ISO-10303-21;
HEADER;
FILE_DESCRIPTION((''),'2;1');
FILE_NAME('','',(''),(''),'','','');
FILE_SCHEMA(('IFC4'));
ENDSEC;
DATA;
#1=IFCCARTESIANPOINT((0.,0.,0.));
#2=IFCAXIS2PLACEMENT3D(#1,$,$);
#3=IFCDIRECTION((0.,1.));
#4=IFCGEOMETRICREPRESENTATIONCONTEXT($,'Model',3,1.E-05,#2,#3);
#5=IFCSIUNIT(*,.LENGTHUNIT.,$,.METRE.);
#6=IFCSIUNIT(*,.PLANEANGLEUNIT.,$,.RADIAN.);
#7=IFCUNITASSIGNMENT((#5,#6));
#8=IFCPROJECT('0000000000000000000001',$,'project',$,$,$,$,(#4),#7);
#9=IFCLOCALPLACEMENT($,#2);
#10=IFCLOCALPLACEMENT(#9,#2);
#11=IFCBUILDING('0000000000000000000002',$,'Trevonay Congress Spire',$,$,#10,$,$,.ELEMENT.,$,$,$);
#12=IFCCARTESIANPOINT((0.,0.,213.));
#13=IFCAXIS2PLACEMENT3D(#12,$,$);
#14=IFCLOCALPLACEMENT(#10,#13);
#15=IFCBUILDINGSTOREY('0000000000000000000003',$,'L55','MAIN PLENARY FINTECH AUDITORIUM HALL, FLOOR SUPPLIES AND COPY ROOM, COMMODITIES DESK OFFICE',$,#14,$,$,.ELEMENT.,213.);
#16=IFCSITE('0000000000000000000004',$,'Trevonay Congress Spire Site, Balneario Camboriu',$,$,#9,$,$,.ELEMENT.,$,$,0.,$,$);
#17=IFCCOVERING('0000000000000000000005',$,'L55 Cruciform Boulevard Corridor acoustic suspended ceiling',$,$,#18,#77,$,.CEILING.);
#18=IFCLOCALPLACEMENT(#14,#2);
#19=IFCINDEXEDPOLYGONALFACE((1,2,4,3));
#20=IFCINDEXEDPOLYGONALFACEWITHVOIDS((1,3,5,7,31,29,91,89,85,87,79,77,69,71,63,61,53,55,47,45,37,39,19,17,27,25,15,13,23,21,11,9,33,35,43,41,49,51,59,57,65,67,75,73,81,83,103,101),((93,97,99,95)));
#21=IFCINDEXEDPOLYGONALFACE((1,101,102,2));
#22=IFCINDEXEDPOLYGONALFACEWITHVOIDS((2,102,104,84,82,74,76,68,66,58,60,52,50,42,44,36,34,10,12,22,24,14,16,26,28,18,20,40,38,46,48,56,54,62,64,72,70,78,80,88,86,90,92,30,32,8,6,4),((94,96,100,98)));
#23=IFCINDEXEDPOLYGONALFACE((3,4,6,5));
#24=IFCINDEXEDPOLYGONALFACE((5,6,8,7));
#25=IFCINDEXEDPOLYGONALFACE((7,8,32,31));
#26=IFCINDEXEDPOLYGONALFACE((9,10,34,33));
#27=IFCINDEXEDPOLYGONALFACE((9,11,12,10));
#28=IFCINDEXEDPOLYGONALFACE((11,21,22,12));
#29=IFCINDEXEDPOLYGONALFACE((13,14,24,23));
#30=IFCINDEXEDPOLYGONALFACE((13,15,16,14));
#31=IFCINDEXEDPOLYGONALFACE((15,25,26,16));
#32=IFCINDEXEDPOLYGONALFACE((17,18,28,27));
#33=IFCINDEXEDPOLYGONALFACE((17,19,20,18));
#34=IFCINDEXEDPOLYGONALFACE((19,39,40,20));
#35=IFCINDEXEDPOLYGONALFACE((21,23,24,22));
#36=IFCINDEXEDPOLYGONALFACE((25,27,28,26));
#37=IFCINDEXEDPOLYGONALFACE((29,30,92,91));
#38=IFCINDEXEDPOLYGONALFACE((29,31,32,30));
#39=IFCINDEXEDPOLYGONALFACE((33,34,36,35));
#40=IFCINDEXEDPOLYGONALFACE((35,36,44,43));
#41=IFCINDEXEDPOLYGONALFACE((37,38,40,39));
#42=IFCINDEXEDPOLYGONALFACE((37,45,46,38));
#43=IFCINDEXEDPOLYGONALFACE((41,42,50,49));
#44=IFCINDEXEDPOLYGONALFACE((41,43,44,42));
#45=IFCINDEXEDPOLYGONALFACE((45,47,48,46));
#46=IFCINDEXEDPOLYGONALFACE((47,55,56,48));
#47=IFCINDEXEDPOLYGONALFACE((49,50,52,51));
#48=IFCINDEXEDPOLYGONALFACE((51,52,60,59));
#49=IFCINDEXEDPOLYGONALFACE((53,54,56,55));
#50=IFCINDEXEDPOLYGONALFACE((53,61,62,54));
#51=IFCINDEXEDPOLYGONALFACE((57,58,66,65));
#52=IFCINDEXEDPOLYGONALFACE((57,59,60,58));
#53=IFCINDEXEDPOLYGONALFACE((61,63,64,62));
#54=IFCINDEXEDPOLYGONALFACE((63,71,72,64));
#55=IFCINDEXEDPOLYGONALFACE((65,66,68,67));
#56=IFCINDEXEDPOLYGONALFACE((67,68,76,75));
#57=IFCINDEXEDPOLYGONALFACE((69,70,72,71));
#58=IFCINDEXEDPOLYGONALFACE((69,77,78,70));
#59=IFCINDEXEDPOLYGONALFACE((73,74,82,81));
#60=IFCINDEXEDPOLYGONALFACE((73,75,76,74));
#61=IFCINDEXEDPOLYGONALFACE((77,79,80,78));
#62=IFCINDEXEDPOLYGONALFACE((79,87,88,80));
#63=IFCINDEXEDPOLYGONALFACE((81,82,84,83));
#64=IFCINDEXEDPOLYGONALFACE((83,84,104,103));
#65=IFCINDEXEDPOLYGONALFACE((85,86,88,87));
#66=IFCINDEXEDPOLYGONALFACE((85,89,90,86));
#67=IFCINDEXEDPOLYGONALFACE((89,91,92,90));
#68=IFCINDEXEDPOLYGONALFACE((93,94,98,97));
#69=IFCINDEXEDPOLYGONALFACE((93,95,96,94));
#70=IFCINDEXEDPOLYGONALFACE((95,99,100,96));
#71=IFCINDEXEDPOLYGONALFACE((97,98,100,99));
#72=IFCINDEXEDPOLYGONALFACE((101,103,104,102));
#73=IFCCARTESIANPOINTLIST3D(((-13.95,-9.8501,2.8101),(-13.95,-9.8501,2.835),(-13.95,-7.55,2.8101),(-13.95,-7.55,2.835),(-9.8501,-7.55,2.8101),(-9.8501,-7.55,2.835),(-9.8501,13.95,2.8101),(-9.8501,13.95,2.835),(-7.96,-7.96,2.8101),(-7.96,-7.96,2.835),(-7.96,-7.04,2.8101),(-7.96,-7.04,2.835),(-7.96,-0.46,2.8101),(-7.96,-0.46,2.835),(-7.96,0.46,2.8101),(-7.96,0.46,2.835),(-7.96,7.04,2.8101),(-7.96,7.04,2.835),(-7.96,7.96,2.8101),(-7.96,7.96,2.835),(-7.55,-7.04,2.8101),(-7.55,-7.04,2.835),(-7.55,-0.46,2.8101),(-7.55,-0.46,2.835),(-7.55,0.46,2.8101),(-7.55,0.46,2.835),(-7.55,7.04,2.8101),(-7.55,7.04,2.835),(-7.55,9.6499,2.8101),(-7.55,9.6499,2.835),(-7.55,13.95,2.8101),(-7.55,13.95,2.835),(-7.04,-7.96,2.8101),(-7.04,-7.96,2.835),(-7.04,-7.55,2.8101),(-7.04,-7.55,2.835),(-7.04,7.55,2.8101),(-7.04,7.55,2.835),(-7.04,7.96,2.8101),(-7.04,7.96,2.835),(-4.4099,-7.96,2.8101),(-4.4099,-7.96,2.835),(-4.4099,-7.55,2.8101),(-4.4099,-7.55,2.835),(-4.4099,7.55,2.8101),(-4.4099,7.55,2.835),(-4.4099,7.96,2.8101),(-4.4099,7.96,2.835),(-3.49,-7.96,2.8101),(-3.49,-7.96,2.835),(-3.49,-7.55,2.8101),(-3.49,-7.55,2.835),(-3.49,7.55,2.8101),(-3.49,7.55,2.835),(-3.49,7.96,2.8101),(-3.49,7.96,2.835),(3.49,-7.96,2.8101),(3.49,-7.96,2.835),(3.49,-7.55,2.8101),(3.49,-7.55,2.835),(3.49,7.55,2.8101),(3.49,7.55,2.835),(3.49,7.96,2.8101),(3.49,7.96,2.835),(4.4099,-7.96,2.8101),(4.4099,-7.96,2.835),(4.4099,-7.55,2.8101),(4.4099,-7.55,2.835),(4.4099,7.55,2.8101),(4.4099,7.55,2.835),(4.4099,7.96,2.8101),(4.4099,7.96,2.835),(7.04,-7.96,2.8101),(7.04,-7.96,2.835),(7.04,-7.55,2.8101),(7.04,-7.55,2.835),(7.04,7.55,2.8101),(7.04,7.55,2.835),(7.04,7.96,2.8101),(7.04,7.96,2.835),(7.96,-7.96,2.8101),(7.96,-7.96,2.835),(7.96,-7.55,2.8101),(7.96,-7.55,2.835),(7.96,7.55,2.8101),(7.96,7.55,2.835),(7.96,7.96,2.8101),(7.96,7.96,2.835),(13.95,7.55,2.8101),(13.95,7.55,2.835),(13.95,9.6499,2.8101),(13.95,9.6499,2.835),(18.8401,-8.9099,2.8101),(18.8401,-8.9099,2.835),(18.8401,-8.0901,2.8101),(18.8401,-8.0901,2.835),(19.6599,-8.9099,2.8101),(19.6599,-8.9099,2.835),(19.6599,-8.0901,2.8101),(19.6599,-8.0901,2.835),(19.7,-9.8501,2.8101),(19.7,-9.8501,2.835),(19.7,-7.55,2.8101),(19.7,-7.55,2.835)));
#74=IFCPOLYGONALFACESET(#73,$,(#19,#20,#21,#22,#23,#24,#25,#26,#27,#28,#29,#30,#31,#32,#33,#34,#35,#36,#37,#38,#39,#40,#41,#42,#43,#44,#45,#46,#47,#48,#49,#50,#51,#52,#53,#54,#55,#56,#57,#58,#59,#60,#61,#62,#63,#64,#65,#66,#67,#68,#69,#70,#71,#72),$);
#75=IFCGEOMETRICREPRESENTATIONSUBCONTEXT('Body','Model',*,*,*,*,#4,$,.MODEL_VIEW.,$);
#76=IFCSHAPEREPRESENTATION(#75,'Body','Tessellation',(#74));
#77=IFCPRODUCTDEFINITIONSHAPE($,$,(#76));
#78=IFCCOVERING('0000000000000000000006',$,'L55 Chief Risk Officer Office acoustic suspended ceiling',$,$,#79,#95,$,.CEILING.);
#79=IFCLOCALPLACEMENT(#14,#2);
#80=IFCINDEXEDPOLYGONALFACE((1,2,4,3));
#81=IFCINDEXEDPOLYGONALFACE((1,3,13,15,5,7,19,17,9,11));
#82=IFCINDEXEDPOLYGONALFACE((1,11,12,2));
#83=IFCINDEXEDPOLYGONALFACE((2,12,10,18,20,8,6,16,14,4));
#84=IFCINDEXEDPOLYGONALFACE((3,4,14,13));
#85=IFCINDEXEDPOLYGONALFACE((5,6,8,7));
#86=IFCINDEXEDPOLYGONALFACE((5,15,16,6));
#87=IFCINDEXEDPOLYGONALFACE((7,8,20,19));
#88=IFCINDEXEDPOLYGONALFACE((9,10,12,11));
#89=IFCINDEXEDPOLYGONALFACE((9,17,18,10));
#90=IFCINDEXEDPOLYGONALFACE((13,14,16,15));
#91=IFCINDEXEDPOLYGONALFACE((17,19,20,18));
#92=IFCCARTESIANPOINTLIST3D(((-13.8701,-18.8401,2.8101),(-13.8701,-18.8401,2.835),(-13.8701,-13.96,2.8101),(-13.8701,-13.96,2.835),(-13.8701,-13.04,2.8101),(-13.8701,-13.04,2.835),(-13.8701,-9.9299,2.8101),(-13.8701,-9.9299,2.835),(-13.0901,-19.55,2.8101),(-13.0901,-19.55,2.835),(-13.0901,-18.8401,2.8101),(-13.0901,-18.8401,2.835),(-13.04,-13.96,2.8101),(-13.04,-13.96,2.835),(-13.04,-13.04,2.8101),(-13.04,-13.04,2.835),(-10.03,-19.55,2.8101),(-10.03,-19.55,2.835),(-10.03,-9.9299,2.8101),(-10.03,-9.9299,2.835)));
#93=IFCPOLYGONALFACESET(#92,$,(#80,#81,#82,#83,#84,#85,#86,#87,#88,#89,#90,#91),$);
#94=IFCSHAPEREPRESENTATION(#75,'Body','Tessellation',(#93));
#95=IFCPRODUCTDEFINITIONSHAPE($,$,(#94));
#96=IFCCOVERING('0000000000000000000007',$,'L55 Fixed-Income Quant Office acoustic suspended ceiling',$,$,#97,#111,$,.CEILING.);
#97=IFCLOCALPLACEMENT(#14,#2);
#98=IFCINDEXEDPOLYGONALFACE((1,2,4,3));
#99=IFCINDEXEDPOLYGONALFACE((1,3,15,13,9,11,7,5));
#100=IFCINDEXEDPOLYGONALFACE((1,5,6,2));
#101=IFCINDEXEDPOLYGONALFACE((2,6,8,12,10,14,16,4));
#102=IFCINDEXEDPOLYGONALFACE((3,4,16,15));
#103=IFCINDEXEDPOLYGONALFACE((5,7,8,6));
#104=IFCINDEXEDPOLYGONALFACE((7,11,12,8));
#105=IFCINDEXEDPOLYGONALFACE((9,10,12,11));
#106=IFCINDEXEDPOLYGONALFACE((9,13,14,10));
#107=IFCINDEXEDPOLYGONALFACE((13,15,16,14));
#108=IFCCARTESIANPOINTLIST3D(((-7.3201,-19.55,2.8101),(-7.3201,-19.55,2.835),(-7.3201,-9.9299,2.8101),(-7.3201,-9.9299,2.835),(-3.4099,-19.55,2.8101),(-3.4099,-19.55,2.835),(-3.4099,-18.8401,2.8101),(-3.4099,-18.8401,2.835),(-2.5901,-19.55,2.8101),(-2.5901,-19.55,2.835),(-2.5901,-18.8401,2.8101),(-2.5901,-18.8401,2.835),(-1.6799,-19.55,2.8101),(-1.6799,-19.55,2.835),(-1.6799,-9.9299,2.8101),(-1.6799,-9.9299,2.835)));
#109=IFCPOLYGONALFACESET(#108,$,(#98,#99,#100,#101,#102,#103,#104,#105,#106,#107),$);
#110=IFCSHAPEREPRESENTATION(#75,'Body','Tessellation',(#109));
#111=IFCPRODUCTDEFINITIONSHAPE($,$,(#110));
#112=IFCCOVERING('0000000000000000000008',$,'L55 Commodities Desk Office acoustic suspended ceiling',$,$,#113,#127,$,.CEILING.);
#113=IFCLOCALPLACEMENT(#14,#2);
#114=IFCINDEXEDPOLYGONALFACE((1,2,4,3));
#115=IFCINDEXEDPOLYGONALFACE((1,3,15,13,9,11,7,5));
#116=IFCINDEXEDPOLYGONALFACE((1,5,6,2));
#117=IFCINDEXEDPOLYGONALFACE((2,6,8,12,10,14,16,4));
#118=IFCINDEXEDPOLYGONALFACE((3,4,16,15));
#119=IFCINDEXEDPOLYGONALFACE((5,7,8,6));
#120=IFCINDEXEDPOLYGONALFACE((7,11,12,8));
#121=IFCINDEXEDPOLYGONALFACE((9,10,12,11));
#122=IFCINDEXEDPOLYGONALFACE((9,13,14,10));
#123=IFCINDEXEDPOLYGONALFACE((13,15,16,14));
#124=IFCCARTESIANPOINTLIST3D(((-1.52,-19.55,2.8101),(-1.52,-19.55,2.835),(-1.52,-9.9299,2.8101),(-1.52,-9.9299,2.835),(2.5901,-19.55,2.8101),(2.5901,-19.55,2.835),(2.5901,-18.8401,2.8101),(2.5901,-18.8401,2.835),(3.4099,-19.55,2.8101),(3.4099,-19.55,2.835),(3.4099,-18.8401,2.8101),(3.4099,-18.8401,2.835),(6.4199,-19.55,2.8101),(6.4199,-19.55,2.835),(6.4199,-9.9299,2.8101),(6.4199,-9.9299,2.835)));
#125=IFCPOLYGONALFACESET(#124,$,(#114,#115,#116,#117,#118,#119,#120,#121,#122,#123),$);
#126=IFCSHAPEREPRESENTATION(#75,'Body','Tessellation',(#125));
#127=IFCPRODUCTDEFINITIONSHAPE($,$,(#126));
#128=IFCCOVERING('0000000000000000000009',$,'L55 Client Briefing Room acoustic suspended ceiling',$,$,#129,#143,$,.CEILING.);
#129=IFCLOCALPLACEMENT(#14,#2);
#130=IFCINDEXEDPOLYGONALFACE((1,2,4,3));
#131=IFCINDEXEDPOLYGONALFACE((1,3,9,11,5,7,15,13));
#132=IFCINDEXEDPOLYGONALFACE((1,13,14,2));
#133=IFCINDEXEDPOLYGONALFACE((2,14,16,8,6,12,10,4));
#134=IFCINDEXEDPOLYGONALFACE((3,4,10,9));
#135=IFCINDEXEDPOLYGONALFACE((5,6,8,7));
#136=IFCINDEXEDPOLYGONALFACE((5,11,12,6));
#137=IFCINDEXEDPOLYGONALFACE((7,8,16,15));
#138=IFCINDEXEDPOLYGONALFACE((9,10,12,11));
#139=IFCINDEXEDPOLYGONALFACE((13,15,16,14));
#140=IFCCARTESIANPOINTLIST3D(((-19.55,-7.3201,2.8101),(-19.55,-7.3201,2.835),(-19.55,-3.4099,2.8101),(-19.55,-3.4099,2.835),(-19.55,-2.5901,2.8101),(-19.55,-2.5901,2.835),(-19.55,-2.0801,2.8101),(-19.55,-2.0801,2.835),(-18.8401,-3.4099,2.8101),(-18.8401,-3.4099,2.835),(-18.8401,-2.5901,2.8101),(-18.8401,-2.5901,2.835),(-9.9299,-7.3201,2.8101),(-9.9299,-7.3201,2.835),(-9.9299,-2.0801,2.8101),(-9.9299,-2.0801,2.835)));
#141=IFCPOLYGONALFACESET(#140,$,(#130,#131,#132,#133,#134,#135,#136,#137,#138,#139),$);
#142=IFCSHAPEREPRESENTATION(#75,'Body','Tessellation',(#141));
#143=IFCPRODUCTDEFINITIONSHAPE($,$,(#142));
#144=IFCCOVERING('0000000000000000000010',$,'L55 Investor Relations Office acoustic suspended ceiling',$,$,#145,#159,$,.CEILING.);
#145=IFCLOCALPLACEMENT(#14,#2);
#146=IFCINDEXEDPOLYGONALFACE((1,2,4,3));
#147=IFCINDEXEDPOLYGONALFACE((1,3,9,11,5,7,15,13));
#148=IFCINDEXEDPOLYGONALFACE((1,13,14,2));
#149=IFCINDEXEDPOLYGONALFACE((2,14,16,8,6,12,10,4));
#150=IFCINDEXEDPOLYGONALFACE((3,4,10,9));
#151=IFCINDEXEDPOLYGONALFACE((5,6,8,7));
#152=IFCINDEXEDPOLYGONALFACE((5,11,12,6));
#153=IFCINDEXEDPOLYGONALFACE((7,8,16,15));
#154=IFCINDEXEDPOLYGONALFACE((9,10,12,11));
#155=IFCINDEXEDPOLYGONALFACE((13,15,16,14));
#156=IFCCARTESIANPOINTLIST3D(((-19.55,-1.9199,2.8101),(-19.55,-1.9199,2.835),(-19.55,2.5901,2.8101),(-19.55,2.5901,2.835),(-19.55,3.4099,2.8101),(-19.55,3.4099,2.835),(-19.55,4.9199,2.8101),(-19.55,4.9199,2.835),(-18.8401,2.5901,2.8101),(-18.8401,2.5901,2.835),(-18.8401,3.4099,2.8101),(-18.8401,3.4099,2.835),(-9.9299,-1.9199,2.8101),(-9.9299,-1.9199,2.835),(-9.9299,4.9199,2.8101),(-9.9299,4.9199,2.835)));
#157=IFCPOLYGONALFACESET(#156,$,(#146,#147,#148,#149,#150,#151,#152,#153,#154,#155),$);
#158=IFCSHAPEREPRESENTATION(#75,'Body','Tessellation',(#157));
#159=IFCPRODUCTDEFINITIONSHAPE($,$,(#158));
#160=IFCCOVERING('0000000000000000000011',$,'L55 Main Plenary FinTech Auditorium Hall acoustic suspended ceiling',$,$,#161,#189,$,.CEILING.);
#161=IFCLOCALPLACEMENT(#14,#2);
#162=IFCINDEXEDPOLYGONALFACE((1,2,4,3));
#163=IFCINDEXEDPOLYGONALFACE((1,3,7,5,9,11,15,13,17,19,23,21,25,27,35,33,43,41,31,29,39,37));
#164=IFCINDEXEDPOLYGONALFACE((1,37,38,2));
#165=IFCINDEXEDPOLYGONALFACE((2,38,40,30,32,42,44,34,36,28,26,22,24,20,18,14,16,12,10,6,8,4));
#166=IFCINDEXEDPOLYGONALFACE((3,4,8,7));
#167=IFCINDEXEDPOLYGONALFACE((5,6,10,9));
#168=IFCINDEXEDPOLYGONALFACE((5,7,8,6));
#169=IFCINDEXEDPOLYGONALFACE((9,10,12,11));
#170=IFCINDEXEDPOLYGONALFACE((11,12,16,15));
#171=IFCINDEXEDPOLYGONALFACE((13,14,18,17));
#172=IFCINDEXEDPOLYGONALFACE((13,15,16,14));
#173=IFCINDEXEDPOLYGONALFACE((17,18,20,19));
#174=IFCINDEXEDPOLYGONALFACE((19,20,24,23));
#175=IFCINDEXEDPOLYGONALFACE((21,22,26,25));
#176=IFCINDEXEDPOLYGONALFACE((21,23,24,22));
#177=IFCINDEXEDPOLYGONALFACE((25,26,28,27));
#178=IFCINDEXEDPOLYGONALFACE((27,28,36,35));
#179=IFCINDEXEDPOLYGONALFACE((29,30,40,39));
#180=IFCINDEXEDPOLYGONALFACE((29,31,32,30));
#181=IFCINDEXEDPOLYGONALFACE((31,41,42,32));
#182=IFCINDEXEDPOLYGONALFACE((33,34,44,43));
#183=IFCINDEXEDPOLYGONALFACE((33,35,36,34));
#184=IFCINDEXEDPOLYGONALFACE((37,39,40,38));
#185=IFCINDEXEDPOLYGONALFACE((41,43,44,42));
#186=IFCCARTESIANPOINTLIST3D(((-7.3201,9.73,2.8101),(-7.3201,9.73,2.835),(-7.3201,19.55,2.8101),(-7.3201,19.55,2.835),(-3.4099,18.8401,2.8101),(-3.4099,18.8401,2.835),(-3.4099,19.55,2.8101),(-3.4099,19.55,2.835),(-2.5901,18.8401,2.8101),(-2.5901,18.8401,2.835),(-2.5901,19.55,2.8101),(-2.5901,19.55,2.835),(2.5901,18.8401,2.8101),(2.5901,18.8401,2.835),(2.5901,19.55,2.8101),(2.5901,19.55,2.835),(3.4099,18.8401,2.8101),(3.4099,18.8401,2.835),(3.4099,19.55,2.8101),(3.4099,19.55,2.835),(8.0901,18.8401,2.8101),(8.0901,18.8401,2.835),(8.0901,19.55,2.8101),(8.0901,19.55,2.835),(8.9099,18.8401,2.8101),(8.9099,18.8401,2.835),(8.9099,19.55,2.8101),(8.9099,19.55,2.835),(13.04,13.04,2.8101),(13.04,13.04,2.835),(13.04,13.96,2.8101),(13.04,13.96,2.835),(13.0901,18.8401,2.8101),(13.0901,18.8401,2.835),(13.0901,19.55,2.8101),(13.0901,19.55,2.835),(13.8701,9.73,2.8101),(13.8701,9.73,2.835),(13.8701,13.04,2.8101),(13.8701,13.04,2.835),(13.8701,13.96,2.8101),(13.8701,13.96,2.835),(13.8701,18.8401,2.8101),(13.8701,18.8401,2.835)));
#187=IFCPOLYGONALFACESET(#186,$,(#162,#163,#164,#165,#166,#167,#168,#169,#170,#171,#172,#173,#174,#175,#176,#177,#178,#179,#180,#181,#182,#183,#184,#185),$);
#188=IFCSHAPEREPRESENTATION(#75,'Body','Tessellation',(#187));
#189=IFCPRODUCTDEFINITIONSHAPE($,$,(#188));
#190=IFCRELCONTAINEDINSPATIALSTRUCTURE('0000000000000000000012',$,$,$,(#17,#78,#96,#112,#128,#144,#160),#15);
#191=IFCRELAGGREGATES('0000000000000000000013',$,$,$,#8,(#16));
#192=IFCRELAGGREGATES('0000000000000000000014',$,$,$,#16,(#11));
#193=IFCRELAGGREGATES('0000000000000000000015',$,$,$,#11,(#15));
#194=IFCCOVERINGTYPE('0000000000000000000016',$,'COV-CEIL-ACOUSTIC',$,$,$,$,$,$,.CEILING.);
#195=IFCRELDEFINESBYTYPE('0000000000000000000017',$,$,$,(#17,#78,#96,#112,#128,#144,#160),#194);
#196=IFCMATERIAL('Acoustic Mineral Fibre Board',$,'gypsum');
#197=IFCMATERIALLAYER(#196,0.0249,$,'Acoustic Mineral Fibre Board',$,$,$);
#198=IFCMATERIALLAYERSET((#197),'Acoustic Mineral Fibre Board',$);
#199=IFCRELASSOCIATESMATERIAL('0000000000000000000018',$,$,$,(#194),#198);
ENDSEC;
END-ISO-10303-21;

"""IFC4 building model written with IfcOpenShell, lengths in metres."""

from ifc_helpers import new_model, si_unit, direction, frame, origin, place, context, subcontext, project, spatial, polyline, outline, extrude, material, layer, layer_set, type_object, element, save


model = new_model("IFC4")

# Units and contexts
model_context = context("Model", 3, precision=1e-05, world=origin(), true_north=direction((0.0, 1.0)))
body_context = subcontext(model_context, "Body", "Model", "MODEL_VIEW")
ifc_project = project(units=[si_unit("LENGTHUNIT", "METRE"), si_unit("PLANEANGLEUNIT", "RADIAN")], contexts=[model_context])

# Site, building, storey
site_placement = place(None, origin())
site = spatial("IfcSite", under=ifc_project, at=site_placement, Name="Trevonay Congress Spire Site, Balneario Camboriu", CompositionType="ELEMENT", RefElevation=0.0)
building_placement = place(site_placement, origin())
building = spatial("IfcBuilding", under=site, at=building_placement, Name="Trevonay Congress Spire", CompositionType="ELEMENT")
storey_placement = place(building_placement, frame((0.0, 0.0, 213.0)))
storey = spatial("IfcBuildingStorey", under=building, at=storey_placement, Name="L55", Description="MAIN PLENARY FINTECH AUDITORIUM HALL, FLOOR SUPPLIES AND COPY ROOM, COMMODITIES DESK OFFICE", CompositionType="ELEMENT", Elevation=213.0)

# Coverings
ifc_material_1 = material(Name="Acoustic Mineral Fibre Board", Category="gypsum")
ifc_layer_1 = layer(ifc_material_1, 0.0249, Name="Acoustic Mineral Fibre Board")
ifc_layer_set_1 = layer_set([ifc_layer_1], Name="Acoustic Mineral Fibre Board")
covering_type_1 = type_object("IfcCoveringType", Name="COV-CEIL-ACOUSTIC", PredefinedType="CEILING", material=ifc_layer_set_1)
covering_1_placement = place(storey_placement, frame((0.0, 0.0, 2.8101)))
element("IfcCovering", 1, at=covering_1_placement, inside=storey, type_object=covering_type_1, Name="L55 Cruciform Boulevard Corridor acoustic suspended ceiling", PredefinedType="CEILING", context=body_context, shape_type="SweptSolid", body=[
    extrude(outline(polyline([(19.7, -7.55), (19.7, -9.8501), (-13.95, -9.8501), (-13.95, -7.55), (-9.8501, -7.55), (-9.8501, 13.95), (-7.55, 13.95), (-7.55, 9.6499), (13.95, 9.6499), (13.95, 7.55), (7.96, 7.55), (7.96, 7.96), (7.04, 7.96), (7.04, 7.55), (4.4099, 7.55), (4.4099, 7.96), (3.49, 7.96), (3.49, 7.55), (-3.49, 7.55), (-3.49, 7.96), (-4.4099, 7.96), (-4.4099, 7.55), (-7.04, 7.55), (-7.04, 7.96), (-7.96, 7.96), (-7.96, 7.04), (-7.55, 7.04), (-7.55, 0.46), (-7.96, 0.46), (-7.96, -0.46), (-7.55, -0.46), (-7.55, -7.04), (-7.96, -7.04), (-7.96, -7.96), (-7.04, -7.96), (-7.04, -7.55), (-4.4099, -7.55), (-4.4099, -7.96), (-3.49, -7.96), (-3.49, -7.55), (3.49, -7.55), (3.49, -7.96), (4.4099, -7.96), (4.4099, -7.55), (7.04, -7.55), (7.04, -7.96), (7.96, -7.96), (7.96, -7.55), (19.7, -7.55)]), holes=[polyline([(19.6599, -8.0901), (18.8401, -8.0901), (18.8401, -8.9099), (19.6599, -8.9099), (19.6599, -8.0901)])]), origin(), (0.0, 0.0, 1.0), 0.0249),
])
covering_2_placement = place(storey_placement, frame((0.0, 0.0, 2.8101)))
element("IfcCovering", 2, at=covering_2_placement, inside=storey, type_object=covering_type_1, Name="L55 Chief Risk Officer Office acoustic suspended ceiling", PredefinedType="CEILING", context=body_context, shape_type="SweptSolid", body=[
    extrude(outline(polyline([(-13.8701, -9.9299), (-10.03, -9.9299), (-10.03, -19.55), (-13.0901, -19.55), (-13.0901, -18.8401), (-13.8701, -18.8401), (-13.8701, -13.96), (-13.04, -13.96), (-13.04, -13.04), (-13.8701, -13.04), (-13.8701, -9.9299)])), origin(), (0.0, 0.0, 1.0), 0.0249),
])
covering_3_placement = place(storey_placement, frame((0.0, 0.0, 2.8101)))
element("IfcCovering", 3, at=covering_3_placement, inside=storey, type_object=covering_type_1, Name="L55 Fixed-Income Quant Office acoustic suspended ceiling", PredefinedType="CEILING", context=body_context, shape_type="SweptSolid", body=[
    extrude(outline(polyline([(-7.3201, -19.55), (-7.3201, -9.9299), (-1.6799, -9.9299), (-1.6799, -19.55), (-2.5901, -19.55), (-2.5901, -18.8401), (-3.4099, -18.8401), (-3.4099, -19.55), (-7.3201, -19.55)])), origin(), (0.0, 0.0, 1.0), 0.0249),
])
covering_4_placement = place(storey_placement, frame((0.0, 0.0, 2.8101)))
element("IfcCovering", 4, at=covering_4_placement, inside=storey, type_object=covering_type_1, Name="L55 Commodities Desk Office acoustic suspended ceiling", PredefinedType="CEILING", context=body_context, shape_type="SweptSolid", body=[
    extrude(outline(polyline([(-1.52, -19.55), (-1.52, -9.9299), (6.4199, -9.9299), (6.4199, -19.55), (3.4099, -19.55), (3.4099, -18.8401), (2.5901, -18.8401), (2.5901, -19.55), (-1.52, -19.55)])), origin(), (0.0, 0.0, 1.0), 0.0249),
])
covering_5_placement = place(storey_placement, frame((0.0, 0.0, 2.8101)))
element("IfcCovering", 5, at=covering_5_placement, inside=storey, type_object=covering_type_1, Name="L55 Client Briefing Room acoustic suspended ceiling", PredefinedType="CEILING", context=body_context, shape_type="SweptSolid", body=[
    extrude(outline(polyline([(-19.55, -2.0801), (-9.9299, -2.0801), (-9.9299, -7.3201), (-19.55, -7.3201), (-19.55, -3.4099), (-18.8401, -3.4099), (-18.8401, -2.5901), (-19.55, -2.5901), (-19.55, -2.0801)])), origin(), (0.0, 0.0, 1.0), 0.0249),
])
covering_6_placement = place(storey_placement, frame((0.0, 0.0, 2.8101)))
element("IfcCovering", 6, at=covering_6_placement, inside=storey, type_object=covering_type_1, Name="L55 Investor Relations Office acoustic suspended ceiling", PredefinedType="CEILING", context=body_context, shape_type="SweptSolid", body=[
    extrude(outline(polyline([(-19.55, 4.9199), (-9.9299, 4.9199), (-9.9299, -1.9199), (-19.55, -1.9199), (-19.55, 2.5901), (-18.8401, 2.5901), (-18.8401, 3.4099), (-19.55, 3.4099), (-19.55, 4.9199)])), origin(), (0.0, 0.0, 1.0), 0.0249),
])
covering_7_placement = place(storey_placement, frame((0.0, 0.0, 2.8101)))
element("IfcCovering", 7, at=covering_7_placement, inside=storey, type_object=covering_type_1, Name="L55 Main Plenary FinTech Auditorium Hall acoustic suspended ceiling", PredefinedType="CEILING", context=body_context, shape_type="SweptSolid", body=[
    extrude(outline(polyline([(13.8701, 9.73), (-7.3201, 9.73), (-7.3201, 19.55), (-3.4099, 19.55), (-3.4099, 18.8401), (-2.5901, 18.8401), (-2.5901, 19.55), (2.5901, 19.55), (2.5901, 18.8401), (3.4099, 18.8401), (3.4099, 19.55), (8.0901, 19.55), (8.0901, 18.8401), (8.9099, 18.8401), (8.9099, 19.55), (13.0901, 19.55), (13.0901, 18.8401), (13.8701, 18.8401), (13.8701, 13.96), (13.04, 13.96), (13.04, 13.04), (13.8701, 13.04), (13.8701, 9.73)])), origin(), (0.0, 0.0, 1.0), 0.0249),
])

save(model, "model.ifc")
